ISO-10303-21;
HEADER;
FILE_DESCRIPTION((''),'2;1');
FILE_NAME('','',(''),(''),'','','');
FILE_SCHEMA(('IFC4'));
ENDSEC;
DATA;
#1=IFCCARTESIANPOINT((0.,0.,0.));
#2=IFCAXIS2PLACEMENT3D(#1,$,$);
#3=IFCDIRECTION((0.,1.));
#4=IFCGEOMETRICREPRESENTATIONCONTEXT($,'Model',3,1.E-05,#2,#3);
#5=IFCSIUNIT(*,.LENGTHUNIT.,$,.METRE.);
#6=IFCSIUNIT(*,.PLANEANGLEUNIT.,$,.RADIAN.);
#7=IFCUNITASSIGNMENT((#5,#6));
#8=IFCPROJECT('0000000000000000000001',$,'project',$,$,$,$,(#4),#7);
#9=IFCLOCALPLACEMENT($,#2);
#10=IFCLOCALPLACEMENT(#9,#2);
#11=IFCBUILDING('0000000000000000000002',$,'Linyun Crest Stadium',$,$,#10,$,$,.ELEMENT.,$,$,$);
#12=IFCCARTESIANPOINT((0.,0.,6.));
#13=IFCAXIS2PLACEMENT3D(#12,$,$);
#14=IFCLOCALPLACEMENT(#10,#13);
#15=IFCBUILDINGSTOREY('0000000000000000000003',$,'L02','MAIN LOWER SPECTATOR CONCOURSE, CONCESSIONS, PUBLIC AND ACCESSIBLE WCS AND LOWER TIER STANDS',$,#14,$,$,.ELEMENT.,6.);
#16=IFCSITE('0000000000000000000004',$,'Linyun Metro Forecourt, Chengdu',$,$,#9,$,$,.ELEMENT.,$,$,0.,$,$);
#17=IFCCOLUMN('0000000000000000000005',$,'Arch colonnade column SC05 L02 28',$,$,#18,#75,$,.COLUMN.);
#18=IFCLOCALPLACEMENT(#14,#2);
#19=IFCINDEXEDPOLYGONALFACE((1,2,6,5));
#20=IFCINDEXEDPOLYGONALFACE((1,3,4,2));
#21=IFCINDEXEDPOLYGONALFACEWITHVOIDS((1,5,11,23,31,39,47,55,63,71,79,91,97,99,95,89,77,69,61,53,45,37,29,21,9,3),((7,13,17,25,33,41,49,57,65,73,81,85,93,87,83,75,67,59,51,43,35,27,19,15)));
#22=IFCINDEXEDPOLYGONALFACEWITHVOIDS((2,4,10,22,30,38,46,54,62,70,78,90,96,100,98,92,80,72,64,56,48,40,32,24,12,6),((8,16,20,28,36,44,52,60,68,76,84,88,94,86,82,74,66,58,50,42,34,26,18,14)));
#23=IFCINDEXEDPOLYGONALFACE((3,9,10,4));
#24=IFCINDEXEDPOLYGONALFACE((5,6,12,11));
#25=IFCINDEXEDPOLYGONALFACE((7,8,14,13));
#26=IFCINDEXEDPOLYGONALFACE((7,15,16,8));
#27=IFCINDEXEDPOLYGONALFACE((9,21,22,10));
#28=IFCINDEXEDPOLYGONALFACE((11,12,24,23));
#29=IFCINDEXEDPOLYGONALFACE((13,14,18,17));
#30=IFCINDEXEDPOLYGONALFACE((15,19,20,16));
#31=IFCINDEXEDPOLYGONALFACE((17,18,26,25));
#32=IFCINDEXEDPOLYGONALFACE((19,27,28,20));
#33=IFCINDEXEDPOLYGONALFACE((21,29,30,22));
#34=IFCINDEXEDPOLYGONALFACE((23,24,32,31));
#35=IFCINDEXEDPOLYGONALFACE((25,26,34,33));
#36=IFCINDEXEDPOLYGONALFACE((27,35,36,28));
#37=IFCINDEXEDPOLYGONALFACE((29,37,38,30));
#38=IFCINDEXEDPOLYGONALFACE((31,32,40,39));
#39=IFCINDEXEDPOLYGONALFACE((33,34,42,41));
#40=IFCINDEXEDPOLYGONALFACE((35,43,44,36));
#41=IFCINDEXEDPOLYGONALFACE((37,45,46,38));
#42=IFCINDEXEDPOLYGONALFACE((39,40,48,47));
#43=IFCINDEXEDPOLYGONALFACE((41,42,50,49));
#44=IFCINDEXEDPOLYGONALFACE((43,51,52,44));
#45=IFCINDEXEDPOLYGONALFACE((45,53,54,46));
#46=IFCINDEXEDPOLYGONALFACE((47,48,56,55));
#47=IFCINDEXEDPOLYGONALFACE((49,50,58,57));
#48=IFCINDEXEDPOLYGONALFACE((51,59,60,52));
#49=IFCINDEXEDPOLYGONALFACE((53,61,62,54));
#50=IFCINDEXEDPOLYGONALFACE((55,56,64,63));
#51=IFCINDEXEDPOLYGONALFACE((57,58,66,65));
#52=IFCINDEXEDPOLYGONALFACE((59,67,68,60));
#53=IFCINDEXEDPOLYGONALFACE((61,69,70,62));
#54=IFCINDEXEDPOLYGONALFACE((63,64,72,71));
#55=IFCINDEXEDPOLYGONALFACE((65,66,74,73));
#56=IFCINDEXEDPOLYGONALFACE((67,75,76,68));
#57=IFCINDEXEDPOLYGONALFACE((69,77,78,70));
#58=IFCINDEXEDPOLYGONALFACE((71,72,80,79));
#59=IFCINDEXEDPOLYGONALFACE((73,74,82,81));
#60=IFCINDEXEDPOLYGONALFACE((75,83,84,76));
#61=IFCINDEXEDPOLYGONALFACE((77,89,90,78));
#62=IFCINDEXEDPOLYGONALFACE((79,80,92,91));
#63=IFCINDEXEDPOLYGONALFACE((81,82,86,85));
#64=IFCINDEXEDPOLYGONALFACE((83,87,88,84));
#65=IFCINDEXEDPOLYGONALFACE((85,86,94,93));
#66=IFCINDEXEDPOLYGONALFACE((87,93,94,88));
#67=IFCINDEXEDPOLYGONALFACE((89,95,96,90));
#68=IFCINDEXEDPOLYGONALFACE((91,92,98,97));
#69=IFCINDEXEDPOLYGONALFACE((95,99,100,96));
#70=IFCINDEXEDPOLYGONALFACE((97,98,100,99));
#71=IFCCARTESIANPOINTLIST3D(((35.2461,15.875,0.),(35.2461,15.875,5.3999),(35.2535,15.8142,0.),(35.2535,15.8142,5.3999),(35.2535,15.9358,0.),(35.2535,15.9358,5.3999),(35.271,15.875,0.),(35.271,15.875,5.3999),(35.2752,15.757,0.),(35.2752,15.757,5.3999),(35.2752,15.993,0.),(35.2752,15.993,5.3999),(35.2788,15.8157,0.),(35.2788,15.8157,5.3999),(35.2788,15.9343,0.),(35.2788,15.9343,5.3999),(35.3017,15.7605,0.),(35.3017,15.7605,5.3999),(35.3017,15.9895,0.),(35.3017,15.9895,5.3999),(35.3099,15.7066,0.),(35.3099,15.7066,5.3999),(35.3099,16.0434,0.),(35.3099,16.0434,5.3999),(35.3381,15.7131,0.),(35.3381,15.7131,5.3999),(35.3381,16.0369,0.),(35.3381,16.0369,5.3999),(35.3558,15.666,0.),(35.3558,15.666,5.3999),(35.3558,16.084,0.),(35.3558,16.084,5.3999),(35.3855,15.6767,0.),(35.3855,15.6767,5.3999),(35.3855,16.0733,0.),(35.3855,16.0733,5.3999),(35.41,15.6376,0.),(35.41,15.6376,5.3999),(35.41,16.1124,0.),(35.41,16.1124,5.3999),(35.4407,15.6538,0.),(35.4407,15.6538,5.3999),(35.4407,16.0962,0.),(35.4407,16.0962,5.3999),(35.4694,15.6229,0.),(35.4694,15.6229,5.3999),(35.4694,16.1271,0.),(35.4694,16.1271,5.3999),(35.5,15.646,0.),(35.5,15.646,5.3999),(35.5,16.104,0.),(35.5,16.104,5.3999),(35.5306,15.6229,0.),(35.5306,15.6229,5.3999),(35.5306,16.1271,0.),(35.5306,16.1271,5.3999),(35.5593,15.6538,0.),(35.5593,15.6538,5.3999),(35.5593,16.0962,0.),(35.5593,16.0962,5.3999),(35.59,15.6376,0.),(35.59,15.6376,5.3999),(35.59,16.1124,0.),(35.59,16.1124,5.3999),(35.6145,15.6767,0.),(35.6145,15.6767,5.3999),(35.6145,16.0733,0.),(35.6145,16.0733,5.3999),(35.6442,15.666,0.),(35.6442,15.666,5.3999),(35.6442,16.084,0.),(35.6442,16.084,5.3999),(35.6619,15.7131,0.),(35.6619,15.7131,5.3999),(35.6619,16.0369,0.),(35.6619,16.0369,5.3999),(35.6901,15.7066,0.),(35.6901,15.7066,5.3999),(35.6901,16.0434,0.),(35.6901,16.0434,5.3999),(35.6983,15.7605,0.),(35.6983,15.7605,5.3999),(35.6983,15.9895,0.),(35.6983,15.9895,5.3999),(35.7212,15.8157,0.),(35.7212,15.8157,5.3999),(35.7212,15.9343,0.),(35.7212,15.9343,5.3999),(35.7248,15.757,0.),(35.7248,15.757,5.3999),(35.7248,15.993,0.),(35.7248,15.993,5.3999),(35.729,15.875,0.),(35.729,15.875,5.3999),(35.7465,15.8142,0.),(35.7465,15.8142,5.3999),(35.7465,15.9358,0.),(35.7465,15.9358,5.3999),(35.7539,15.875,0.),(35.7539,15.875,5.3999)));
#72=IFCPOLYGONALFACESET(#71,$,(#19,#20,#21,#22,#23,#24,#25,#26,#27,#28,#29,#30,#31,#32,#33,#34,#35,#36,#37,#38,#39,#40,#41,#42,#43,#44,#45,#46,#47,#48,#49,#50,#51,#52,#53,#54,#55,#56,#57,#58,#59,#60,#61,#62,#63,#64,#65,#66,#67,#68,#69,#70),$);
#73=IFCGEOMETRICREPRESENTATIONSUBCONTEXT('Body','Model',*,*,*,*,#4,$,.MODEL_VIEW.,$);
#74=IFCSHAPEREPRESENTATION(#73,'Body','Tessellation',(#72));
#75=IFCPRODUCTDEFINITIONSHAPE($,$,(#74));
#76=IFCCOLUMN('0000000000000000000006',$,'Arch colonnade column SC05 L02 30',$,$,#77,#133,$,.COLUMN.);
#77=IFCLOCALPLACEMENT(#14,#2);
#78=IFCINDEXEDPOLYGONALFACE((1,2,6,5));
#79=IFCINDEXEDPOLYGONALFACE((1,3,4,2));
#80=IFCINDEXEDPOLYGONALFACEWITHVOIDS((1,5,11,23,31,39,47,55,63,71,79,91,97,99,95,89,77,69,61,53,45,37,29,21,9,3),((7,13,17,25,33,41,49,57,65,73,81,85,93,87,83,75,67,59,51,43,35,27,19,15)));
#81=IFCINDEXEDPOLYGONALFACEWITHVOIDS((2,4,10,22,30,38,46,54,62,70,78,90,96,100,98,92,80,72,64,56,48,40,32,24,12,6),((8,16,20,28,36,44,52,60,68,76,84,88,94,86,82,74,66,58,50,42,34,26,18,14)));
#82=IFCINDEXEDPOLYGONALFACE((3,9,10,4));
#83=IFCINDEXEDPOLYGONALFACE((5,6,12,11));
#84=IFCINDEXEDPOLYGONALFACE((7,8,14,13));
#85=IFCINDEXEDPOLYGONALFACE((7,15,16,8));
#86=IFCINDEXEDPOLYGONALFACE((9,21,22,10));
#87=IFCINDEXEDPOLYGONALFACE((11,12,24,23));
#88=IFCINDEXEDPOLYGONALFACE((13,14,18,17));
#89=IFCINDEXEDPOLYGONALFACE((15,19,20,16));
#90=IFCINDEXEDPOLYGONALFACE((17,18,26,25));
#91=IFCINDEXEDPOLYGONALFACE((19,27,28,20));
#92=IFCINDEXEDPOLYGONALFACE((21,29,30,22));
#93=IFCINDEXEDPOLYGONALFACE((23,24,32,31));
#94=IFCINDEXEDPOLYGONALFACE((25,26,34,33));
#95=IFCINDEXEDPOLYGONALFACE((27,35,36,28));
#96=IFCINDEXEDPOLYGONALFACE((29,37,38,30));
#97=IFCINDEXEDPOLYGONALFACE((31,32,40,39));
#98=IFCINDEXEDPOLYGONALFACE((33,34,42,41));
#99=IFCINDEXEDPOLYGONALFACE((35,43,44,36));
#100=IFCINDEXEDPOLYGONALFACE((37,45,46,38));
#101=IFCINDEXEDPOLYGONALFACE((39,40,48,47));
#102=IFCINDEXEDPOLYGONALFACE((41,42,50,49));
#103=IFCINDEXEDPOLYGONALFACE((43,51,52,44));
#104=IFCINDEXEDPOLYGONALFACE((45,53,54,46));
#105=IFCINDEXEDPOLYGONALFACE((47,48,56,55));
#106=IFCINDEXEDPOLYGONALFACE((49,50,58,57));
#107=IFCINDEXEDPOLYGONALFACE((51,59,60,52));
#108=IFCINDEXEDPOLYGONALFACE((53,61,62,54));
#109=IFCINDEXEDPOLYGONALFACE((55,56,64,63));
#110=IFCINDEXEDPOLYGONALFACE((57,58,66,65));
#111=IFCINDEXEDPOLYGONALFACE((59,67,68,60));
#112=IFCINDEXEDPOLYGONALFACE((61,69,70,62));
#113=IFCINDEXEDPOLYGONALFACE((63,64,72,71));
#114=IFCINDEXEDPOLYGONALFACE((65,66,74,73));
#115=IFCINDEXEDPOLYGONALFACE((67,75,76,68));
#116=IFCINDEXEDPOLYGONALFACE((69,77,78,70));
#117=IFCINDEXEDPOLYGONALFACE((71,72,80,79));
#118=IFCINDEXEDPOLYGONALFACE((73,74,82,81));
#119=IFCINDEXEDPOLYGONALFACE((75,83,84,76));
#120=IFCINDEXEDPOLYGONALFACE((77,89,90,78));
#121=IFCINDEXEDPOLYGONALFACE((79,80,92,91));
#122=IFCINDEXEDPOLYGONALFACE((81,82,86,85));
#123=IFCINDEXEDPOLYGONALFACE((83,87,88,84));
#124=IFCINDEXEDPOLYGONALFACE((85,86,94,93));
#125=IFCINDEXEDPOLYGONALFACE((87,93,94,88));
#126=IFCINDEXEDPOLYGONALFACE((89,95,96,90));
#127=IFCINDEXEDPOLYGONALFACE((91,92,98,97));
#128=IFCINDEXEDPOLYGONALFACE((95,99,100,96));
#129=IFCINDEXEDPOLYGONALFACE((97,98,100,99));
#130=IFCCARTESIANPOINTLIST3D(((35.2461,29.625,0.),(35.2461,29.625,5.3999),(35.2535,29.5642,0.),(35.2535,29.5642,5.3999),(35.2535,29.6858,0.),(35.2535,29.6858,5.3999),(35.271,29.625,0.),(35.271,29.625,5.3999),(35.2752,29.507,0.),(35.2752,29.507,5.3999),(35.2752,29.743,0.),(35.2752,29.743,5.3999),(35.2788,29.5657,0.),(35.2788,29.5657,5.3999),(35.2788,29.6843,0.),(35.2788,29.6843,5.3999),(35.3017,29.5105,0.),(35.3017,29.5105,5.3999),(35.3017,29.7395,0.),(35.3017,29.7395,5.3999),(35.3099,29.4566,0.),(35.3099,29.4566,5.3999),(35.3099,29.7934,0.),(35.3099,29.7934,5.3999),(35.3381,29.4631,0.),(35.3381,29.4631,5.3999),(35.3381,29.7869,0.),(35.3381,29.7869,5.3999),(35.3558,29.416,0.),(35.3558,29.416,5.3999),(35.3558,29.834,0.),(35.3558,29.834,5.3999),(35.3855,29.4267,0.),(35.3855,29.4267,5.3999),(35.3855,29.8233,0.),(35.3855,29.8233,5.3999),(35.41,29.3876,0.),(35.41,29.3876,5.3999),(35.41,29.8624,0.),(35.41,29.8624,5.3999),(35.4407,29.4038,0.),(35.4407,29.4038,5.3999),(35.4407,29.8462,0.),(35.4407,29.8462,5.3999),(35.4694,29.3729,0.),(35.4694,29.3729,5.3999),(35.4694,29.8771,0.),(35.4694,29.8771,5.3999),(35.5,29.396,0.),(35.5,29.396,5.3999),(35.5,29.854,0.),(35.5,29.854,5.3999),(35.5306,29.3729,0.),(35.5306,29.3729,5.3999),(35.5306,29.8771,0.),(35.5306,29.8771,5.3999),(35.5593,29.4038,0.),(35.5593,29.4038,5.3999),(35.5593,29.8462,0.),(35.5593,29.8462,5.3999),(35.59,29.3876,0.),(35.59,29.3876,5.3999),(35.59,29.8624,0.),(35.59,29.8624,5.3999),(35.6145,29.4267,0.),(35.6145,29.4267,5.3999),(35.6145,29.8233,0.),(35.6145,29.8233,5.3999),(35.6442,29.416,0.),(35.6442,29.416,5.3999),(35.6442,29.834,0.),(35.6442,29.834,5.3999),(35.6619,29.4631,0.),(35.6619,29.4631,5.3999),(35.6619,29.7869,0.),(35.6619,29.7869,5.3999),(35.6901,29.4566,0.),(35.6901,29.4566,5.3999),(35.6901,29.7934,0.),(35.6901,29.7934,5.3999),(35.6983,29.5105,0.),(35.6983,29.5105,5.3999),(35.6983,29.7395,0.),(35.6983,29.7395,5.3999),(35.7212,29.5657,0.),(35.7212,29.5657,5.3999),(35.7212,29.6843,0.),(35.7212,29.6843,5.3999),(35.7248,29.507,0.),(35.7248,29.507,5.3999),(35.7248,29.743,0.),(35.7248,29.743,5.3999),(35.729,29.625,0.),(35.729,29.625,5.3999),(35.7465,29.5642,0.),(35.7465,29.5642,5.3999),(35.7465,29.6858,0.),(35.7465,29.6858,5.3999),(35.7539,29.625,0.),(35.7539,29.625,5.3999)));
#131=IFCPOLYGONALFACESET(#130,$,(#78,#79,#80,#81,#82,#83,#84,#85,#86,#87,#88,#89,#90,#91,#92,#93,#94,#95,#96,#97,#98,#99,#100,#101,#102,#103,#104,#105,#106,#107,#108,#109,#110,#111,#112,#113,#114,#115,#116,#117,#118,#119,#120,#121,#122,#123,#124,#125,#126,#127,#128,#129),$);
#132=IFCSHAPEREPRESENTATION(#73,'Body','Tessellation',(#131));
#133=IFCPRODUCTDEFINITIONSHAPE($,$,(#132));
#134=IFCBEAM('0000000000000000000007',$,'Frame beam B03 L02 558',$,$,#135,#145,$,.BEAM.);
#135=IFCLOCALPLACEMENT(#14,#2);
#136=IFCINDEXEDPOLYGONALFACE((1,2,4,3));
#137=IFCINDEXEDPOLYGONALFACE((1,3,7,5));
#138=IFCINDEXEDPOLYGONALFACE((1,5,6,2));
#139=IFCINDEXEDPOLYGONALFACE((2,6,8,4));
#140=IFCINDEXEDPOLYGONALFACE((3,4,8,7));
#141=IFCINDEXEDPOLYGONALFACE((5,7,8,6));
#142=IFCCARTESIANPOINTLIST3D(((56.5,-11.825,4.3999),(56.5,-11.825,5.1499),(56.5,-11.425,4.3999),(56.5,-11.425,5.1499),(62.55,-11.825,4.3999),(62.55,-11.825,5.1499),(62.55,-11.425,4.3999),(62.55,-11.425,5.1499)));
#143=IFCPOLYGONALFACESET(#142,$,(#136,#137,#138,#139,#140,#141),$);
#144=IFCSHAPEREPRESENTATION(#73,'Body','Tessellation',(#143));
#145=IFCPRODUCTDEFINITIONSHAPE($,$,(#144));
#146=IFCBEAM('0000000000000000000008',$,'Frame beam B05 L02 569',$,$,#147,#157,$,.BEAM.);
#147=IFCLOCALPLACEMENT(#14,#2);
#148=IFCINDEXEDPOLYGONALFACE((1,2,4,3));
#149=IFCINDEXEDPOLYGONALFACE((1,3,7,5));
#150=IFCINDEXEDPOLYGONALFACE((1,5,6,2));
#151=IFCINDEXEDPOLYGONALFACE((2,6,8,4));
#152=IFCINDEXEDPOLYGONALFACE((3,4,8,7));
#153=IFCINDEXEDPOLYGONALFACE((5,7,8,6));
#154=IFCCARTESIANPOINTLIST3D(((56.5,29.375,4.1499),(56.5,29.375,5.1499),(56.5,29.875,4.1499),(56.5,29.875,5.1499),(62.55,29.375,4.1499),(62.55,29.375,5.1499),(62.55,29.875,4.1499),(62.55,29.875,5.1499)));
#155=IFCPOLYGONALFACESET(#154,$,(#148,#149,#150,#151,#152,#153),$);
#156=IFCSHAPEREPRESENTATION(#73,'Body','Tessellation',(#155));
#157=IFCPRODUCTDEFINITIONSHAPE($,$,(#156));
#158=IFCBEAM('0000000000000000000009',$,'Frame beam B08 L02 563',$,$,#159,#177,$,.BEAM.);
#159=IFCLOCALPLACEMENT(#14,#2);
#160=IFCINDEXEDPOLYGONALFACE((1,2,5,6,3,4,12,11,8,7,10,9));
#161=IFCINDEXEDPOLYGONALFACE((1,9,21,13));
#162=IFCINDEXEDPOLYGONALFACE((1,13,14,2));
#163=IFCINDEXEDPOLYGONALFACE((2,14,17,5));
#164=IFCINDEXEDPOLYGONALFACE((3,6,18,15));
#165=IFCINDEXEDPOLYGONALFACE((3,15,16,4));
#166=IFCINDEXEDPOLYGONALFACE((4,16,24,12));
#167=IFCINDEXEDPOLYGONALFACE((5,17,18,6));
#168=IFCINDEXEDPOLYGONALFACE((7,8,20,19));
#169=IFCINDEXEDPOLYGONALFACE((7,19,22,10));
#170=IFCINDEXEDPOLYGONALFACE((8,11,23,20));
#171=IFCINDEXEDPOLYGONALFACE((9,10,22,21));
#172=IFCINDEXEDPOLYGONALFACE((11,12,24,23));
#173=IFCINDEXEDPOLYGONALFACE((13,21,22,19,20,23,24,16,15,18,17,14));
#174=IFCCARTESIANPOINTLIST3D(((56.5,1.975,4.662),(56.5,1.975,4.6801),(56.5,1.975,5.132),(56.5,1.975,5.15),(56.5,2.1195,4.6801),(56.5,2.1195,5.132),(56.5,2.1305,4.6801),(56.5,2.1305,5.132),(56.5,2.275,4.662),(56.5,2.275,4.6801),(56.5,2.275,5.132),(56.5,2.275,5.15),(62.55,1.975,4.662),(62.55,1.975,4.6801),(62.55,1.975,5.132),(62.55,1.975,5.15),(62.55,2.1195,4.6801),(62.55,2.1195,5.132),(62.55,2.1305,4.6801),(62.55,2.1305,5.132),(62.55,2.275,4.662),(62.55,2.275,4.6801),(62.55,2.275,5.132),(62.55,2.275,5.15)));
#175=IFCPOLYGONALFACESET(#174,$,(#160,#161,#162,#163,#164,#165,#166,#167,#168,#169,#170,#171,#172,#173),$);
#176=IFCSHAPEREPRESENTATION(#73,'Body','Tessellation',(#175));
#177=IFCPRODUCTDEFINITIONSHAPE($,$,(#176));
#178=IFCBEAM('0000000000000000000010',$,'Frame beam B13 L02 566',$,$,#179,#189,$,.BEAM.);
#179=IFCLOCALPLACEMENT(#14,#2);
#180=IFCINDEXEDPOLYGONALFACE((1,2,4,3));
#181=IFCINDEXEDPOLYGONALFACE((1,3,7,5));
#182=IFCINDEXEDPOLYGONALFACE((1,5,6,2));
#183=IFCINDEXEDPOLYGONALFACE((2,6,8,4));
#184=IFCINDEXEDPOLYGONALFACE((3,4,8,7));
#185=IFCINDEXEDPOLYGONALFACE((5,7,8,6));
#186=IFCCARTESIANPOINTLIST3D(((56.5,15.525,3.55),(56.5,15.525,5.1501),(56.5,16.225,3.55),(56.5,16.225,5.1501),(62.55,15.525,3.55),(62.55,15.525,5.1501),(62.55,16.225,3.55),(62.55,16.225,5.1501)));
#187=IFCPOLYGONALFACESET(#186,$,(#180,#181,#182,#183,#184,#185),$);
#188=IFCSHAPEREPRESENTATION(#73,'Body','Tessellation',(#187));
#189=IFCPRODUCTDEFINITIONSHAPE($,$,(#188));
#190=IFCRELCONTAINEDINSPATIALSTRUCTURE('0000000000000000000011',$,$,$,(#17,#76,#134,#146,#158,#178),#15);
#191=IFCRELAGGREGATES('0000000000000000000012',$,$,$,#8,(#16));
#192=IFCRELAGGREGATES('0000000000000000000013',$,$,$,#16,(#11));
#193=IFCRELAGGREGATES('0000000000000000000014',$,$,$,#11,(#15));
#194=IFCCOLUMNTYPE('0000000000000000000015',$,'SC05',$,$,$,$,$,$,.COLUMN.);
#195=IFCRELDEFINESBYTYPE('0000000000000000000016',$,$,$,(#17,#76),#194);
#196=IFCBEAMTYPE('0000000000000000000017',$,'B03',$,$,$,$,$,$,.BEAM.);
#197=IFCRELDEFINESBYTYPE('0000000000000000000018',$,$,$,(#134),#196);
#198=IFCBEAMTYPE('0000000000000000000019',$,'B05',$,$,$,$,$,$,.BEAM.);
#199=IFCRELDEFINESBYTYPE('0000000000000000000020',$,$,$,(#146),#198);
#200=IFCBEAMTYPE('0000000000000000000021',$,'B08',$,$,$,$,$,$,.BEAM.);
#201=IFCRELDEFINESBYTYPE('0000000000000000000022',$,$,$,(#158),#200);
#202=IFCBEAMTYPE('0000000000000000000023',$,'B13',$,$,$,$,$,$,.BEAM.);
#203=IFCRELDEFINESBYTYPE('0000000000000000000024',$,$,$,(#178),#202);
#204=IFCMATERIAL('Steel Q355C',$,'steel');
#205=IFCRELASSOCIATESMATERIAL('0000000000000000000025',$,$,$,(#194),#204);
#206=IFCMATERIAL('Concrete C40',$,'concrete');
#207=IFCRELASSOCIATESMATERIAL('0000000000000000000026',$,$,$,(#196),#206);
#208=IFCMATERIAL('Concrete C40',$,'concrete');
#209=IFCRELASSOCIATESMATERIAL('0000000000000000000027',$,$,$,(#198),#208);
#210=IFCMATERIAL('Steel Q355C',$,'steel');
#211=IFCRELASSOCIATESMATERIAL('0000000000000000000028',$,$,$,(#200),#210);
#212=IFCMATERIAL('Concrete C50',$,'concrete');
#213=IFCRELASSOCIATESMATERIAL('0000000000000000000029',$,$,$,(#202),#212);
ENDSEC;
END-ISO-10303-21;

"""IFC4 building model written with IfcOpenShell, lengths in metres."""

from ifc_helpers import new_model, si_unit, direction, frame, origin, origin_2d, place, context, subcontext, project, spatial, rectangle, hollow_circle, i_section, extrude, material, material_profile, profile_set, type_object, element, save


model = new_model("IFC4")

# Units and contexts
model_context = context("Model", 3, precision=1e-05, world=origin(), true_north=direction((0.0, 1.0)))
body_context = subcontext(model_context, "Body", "Model", "MODEL_VIEW")
ifc_project = project(units=[si_unit("LENGTHUNIT", "METRE"), si_unit("PLANEANGLEUNIT", "RADIAN")], contexts=[model_context])

# Site, building, storey
site_placement = place(None, origin())
site = spatial("IfcSite", under=ifc_project, at=site_placement, Name="Linyun Metro Forecourt, Chengdu", CompositionType="ELEMENT", RefElevation=0.0)
building_placement = place(site_placement, origin())
building = spatial("IfcBuilding", under=site, at=building_placement, Name="Linyun Crest Stadium", CompositionType="ELEMENT")
storey_placement = place(building_placement, frame((0.0, 0.0, 6.0)))
storey = spatial("IfcBuildingStorey", under=building, at=storey_placement, Name="L02", Description="MAIN LOWER SPECTATOR CONCOURSE, CONCESSIONS, PUBLIC AND ACCESSIBLE WCS AND LOWER TIER STANDS", CompositionType="ELEMENT", Elevation=6.0)

# Columns
ifc_material_1 = material(Name="Steel Q355C", Category="steel")
ifc_material_profile_1 = material_profile(ifc_material_1, hollow_circle(Radius=0.2539, WallThickness=0.0249, at=origin_2d()), Name="CHS 508x25")
ifc_profile_set_1 = profile_set([ifc_material_profile_1], Name="Steel Q355C")
column_type_1 = type_object("IfcColumnType", Name="SC05", PredefinedType="COLUMN", material=ifc_profile_set_1)
for number, where, z_axis, x_axis, name in (
    (1, (35.5, 15.875, 0.0), (0.0, 0.0, 1.0), (1.0, 0.0, 0.0), "Arch colonnade column SC05 L02 28"),
    (2, (35.5, 29.625, 0.0), (0.0, 0.0, 1.0), (1.0, 0.0, 0.0), "Arch colonnade column SC05 L02 30"),
):
    element("IfcColumn", number, at=place(storey_placement, frame(where, z_axis=z_axis, x_axis=x_axis)), inside=storey, type_object=column_type_1, Name=name, PredefinedType="COLUMN", context=body_context, shape_type="SweptSolid", body=[
        extrude(hollow_circle(Radius=0.2539, WallThickness=0.0249, at=origin_2d()), origin(), (0.0, 0.0, 1.0), 5.3999),
    ])

# Beams
ifc_material_2 = material(Name="Concrete C40", Category="concrete")
ifc_material_profile_2 = material_profile(ifc_material_2, rectangle(XDim=0.3999, YDim=0.75, at=origin_2d()), Name="RCB 750x400")
ifc_profile_set_2 = profile_set([ifc_material_profile_2], Name="Concrete C40")
beam_type_1 = type_object("IfcBeamType", Name="B03", PredefinedType="BEAM", material=ifc_profile_set_2)
beam_1_placement = place(storey_placement, frame((56.5, -11.625, 4.7749), z_axis=(1.0, 0.0, 0.0), x_axis=(0.0, 1.0, 0.0)))
element("IfcBeam", 3, at=beam_1_placement, inside=storey, type_object=beam_type_1, Name="Frame beam B03 L02 558", PredefinedType="BEAM", context=body_context, shape_type="SweptSolid", body=[
    extrude(rectangle(XDim=0.3999, YDim=0.75, at=origin_2d()), origin(), (0.0, 0.0, 1.0), 6.05),
])
ifc_material_3 = material(Name="Concrete C40", Category="concrete")
ifc_material_profile_3 = material_profile(ifc_material_3, rectangle(XDim=0.5, YDim=1.0, at=origin_2d()), Name="RCB 1000x500")
ifc_profile_set_3 = profile_set([ifc_material_profile_3], Name="Concrete C40")
beam_type_2 = type_object("IfcBeamType", Name="B05", PredefinedType="BEAM", material=ifc_profile_set_3)
beam_2_placement = place(storey_placement, frame((56.5, 29.625, 4.6499), z_axis=(1.0, 0.0, 0.0), x_axis=(0.0, 1.0, 0.0)))
element("IfcBeam", 4, at=beam_2_placement, inside=storey, type_object=beam_type_2, Name="Frame beam B05 L02 569", PredefinedType="BEAM", context=body_context, shape_type="SweptSolid", body=[
    extrude(rectangle(XDim=0.5, YDim=1.0, at=origin_2d()), origin(), (0.0, 0.0, 1.0), 6.05),
])
ifc_material_4 = material(Name="Steel Q355C", Category="steel")
ifc_material_profile_4 = material_profile(ifc_material_4, i_section(OverallWidth=0.3, OverallDepth=0.488, WebThickness=0.011, FlangeThickness=0.0181, at=origin_2d()), Name="HM 488x300")
ifc_profile_set_4 = profile_set([ifc_material_profile_4], Name="Steel Q355C")
beam_type_3 = type_object("IfcBeamType", Name="B08", PredefinedType="BEAM", material=ifc_profile_set_4)
beam_3_placement = place(storey_placement, frame((56.5, 2.125, 4.906), z_axis=(1.0, 0.0, 0.0), x_axis=(0.0, 1.0, 0.0)))
element("IfcBeam", 5, at=beam_3_placement, inside=storey, type_object=beam_type_3, Name="Frame beam B08 L02 563", PredefinedType="BEAM", context=body_context, shape_type="SweptSolid", body=[
    extrude(i_section(OverallWidth=0.3, OverallDepth=0.488, WebThickness=0.011, FlangeThickness=0.0181, at=origin_2d()), origin(), (0.0, 0.0, 1.0), 6.05),
])
ifc_material_5 = material(Name="Concrete C50", Category="concrete")
ifc_material_profile_5 = material_profile(ifc_material_5, rectangle(XDim=0.7, YDim=1.6001, at=origin_2d()), Name="RCB 1600x700")
ifc_profile_set_5 = profile_set([ifc_material_profile_5], Name="Concrete C50")
beam_type_4 = type_object("IfcBeamType", Name="B13", PredefinedType="BEAM", material=ifc_profile_set_5)
beam_4_placement = place(storey_placement, frame((56.5, 15.875, 4.3501), z_axis=(1.0, 0.0, 0.0), x_axis=(0.0, 1.0, 0.0)))
element("IfcBeam", 6, at=beam_4_placement, inside=storey, type_object=beam_type_4, Name="Frame beam B13 L02 566", PredefinedType="BEAM", context=body_context, shape_type="SweptSolid", body=[
    extrude(rectangle(XDim=0.7, YDim=1.6001, at=origin_2d()), origin(), (0.0, 0.0, 1.0), 6.05),
])

save(model, "model.ifc")
